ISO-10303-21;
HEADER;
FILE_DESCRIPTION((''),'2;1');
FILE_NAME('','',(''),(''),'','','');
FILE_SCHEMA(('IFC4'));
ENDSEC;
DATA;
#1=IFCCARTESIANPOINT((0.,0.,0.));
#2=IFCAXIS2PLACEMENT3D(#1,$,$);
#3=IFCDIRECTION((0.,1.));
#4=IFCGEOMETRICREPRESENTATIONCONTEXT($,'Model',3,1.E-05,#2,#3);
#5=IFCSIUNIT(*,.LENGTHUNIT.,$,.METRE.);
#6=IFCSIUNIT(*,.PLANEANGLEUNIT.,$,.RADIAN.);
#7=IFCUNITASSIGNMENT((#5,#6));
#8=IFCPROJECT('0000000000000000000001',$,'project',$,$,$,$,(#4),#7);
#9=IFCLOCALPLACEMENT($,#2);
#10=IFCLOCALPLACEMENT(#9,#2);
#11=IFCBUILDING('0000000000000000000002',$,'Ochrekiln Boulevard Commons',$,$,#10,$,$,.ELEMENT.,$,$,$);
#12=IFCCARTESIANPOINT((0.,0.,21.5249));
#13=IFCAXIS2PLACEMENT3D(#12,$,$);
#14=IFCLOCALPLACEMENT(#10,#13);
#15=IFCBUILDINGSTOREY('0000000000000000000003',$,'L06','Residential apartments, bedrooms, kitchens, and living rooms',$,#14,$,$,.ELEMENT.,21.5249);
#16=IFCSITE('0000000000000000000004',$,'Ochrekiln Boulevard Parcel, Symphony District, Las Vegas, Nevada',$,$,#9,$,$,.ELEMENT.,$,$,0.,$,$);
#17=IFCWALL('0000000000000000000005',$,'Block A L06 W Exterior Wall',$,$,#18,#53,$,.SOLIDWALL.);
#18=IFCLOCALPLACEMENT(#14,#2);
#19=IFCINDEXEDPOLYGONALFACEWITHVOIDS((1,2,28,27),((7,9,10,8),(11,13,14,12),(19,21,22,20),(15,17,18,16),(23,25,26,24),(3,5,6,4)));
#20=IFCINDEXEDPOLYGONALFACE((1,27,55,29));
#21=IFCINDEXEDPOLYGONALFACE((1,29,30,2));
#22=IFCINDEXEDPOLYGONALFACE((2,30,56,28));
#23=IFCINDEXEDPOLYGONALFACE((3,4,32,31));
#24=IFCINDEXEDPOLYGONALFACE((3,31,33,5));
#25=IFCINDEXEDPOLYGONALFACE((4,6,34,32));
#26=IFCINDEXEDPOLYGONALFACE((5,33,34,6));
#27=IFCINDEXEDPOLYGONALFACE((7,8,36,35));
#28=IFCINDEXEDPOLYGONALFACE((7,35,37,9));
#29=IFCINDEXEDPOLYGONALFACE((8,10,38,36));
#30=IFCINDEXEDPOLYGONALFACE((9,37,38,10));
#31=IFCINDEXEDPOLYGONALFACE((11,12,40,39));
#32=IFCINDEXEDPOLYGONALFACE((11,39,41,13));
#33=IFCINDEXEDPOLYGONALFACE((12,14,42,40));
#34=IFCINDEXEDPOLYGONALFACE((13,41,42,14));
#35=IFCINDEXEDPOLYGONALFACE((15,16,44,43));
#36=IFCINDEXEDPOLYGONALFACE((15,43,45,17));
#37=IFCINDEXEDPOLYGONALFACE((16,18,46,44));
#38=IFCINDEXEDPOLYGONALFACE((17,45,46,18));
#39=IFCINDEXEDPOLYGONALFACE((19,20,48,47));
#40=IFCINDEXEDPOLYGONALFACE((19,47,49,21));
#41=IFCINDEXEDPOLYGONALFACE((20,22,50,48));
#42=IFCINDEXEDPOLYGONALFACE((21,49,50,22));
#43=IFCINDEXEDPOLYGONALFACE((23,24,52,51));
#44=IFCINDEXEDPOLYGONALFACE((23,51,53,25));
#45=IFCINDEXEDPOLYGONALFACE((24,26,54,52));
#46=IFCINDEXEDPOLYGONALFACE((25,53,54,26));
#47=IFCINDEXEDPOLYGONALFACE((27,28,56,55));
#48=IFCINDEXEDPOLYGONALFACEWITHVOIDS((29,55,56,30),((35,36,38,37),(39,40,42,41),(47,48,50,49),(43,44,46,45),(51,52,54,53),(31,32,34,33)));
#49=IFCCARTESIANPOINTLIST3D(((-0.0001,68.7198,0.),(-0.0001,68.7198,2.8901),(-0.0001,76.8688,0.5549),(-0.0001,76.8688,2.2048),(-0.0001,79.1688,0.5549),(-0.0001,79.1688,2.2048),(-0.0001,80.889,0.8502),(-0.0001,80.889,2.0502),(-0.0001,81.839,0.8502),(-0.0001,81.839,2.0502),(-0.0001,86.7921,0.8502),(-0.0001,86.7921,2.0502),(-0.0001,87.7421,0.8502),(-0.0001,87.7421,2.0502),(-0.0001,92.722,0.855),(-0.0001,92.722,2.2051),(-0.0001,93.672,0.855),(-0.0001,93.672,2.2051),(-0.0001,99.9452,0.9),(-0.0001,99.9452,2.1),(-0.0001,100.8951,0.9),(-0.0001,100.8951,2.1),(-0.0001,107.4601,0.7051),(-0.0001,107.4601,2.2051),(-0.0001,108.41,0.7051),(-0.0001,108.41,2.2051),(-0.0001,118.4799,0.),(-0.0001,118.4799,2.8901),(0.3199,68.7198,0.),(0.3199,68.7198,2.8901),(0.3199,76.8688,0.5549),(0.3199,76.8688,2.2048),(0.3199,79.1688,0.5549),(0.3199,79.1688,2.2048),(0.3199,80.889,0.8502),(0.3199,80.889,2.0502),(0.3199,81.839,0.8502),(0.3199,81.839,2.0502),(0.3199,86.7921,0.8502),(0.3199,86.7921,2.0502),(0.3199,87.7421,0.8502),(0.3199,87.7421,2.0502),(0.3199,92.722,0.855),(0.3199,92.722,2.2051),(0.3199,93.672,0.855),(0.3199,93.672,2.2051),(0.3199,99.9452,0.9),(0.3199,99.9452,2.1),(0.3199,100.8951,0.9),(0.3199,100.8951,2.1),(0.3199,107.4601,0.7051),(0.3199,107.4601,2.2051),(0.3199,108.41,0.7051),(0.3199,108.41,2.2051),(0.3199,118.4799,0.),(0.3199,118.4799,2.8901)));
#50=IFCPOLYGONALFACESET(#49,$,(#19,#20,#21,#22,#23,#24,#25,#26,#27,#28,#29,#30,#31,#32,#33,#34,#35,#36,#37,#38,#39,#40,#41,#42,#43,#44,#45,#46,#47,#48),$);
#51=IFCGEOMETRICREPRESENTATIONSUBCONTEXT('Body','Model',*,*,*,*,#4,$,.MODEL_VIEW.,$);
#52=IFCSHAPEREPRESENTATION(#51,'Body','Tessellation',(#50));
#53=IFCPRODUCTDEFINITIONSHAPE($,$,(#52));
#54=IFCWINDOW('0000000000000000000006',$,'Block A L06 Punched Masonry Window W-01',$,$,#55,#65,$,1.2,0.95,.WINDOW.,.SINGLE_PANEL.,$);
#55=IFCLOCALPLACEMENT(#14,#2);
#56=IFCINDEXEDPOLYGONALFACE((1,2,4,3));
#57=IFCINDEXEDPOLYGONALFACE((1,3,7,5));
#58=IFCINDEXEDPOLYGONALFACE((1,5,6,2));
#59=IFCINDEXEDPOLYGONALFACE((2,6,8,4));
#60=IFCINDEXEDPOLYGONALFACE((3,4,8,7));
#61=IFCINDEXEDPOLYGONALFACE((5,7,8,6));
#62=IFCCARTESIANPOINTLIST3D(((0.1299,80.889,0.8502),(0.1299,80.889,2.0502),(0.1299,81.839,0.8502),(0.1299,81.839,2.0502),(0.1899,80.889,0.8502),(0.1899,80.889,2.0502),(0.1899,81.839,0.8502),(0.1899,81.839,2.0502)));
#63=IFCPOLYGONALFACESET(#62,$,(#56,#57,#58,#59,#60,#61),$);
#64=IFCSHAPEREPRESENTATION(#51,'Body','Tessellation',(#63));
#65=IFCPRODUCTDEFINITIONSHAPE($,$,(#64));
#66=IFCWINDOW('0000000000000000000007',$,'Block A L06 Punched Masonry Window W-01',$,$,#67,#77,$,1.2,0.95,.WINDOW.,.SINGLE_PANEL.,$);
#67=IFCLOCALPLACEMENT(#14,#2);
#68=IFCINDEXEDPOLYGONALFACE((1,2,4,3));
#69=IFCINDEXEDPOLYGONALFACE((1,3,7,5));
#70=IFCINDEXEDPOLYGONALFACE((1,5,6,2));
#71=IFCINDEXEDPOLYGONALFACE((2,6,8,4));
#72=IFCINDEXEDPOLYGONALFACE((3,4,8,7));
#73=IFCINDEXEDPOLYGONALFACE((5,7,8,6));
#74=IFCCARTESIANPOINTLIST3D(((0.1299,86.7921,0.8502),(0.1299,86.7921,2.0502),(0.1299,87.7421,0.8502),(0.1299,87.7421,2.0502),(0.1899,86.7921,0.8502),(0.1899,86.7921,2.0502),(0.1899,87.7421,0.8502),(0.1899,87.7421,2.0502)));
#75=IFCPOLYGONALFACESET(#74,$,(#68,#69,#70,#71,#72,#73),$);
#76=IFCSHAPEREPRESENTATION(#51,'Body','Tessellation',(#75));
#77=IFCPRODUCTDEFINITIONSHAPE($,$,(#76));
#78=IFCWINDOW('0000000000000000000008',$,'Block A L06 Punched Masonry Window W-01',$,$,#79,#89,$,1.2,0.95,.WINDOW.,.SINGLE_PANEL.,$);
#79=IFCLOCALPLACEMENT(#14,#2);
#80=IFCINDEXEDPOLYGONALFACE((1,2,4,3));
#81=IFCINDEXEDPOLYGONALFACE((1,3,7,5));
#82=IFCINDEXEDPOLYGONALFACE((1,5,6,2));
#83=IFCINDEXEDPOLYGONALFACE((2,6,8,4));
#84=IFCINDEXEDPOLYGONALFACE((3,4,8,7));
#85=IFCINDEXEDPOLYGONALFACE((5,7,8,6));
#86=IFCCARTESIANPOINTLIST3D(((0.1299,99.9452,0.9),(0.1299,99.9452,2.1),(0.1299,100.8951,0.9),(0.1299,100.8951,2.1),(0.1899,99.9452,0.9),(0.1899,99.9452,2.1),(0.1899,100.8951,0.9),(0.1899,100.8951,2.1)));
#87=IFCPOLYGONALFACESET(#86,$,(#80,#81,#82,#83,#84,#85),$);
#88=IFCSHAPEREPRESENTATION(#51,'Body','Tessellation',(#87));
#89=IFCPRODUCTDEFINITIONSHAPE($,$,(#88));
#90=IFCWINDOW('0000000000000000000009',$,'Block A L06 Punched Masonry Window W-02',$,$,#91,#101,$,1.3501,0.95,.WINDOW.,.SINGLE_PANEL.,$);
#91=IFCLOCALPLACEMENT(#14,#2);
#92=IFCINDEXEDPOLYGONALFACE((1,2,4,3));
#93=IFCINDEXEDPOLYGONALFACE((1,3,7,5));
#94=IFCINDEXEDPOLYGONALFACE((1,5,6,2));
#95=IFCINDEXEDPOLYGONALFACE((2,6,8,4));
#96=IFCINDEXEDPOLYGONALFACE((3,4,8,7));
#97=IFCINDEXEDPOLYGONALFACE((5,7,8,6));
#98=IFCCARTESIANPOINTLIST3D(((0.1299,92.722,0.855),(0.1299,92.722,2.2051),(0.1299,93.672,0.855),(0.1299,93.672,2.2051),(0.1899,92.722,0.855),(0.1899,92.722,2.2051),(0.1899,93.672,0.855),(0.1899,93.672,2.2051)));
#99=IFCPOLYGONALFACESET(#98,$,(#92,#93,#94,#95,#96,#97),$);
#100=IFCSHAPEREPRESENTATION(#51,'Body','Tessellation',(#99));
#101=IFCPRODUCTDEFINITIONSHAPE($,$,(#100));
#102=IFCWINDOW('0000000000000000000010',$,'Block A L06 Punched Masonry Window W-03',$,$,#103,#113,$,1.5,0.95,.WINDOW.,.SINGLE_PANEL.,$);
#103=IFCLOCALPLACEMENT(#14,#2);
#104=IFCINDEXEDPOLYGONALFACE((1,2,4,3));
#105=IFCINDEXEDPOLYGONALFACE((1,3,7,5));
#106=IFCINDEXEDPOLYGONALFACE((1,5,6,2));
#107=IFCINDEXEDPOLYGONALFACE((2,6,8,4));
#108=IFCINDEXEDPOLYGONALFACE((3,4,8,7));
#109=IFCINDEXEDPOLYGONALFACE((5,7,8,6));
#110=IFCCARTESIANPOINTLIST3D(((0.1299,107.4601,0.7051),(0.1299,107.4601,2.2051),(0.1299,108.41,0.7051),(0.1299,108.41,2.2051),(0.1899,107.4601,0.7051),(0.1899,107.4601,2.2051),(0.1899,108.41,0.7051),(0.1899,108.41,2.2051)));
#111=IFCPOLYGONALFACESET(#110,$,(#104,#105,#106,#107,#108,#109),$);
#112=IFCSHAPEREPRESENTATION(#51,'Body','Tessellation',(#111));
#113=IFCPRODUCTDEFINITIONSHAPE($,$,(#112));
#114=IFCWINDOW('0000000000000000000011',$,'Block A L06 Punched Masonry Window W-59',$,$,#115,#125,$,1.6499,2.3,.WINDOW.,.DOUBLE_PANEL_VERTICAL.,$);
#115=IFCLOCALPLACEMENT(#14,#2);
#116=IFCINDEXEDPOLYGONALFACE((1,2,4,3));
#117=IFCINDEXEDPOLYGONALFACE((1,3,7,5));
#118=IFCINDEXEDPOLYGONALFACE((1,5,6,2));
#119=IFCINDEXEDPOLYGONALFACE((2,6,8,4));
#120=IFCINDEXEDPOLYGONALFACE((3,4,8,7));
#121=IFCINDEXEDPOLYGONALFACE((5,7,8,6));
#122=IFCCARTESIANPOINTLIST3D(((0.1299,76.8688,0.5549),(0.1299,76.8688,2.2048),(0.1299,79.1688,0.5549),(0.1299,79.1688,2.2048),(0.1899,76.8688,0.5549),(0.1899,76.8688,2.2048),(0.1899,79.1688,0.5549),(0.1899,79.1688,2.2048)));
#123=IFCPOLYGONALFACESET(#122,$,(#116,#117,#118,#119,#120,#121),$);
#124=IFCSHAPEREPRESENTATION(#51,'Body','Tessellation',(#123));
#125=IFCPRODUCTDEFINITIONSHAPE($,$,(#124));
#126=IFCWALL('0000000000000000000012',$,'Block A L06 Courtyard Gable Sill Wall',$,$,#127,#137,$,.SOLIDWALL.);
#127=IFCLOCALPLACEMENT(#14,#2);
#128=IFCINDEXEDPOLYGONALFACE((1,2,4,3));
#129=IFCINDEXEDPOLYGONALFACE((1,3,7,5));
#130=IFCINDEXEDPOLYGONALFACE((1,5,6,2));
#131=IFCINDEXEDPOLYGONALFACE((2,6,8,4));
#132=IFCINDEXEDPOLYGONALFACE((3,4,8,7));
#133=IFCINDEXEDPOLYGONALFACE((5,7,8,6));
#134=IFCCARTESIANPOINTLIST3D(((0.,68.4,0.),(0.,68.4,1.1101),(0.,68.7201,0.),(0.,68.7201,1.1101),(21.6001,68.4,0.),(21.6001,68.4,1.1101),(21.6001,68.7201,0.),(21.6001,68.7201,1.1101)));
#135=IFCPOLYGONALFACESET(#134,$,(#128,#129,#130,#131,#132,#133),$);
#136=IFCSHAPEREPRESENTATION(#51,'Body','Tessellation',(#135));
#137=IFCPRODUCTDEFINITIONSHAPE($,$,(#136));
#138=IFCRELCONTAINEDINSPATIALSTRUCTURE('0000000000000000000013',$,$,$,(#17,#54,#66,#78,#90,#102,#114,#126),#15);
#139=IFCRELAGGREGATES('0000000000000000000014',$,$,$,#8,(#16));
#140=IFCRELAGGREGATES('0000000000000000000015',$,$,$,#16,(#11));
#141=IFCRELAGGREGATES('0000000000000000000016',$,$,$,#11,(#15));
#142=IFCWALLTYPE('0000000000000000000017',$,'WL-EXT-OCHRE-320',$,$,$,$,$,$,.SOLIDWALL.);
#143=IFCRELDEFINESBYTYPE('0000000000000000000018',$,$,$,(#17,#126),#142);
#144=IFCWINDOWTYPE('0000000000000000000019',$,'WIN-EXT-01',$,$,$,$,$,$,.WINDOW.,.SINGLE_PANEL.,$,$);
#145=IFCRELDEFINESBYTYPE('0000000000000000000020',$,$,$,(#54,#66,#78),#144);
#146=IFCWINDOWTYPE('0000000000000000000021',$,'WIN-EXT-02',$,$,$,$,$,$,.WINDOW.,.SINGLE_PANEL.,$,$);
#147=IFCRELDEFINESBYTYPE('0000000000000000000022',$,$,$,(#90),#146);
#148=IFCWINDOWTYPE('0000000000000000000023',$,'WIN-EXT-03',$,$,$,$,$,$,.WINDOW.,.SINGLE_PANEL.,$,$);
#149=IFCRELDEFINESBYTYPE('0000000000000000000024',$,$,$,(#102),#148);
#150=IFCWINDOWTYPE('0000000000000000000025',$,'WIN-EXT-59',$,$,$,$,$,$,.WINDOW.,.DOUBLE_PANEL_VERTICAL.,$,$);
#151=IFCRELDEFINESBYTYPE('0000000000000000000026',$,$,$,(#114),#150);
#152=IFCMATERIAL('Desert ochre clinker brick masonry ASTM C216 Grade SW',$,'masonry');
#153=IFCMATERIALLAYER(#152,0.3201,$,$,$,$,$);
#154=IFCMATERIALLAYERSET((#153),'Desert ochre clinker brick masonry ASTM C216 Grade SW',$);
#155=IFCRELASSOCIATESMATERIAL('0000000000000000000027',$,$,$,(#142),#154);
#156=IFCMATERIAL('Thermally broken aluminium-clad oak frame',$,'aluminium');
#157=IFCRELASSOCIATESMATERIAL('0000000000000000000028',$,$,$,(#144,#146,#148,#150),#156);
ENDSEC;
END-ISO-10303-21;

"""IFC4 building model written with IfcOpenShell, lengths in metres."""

from ifc_helpers import new_model, si_unit, direction, frame, frame_2d, origin, place, context, subcontext, project, spatial, rectangle, extrude, material, layer, layer_set, type_object, element, fill, save


model = new_model("IFC4")

# Units and contexts
model_context = context("Model", 3, precision=1e-05, world=origin(), true_north=direction((0.0, 1.0)))
body_context = subcontext(model_context, "Body", "Model", "MODEL_VIEW")
ifc_project = project(units=[si_unit("LENGTHUNIT", "METRE"), si_unit("PLANEANGLEUNIT", "RADIAN")], contexts=[model_context])

# Site, building, storey
site_placement = place(None, origin())
site = spatial("IfcSite", under=ifc_project, at=site_placement, Name="Ochrekiln Boulevard Parcel, Symphony District, Las Vegas, Nevada", CompositionType="ELEMENT", RefElevation=0.0)
building_placement = place(site_placement, origin())
building = spatial("IfcBuilding", under=site, at=building_placement, Name="Ochrekiln Boulevard Commons", CompositionType="ELEMENT")
storey_placement = place(building_placement, frame((0.0, 0.0, 21.5249)))
storey = spatial("IfcBuildingStorey", under=building, at=storey_placement, Name="L06", Description="Residential apartments, bedrooms, kitchens, and living rooms", CompositionType="ELEMENT", Elevation=21.5249)

# Wall, openings, windows
ifc_material_1 = material(Name="Desert ochre clinker brick masonry ASTM C216 Grade SW", Category="masonry")
ifc_layer_1 = layer(ifc_material_1, 0.3201)
ifc_layer_set_1 = layer_set([ifc_layer_1], Name="Desert ochre clinker brick masonry ASTM C216 Grade SW")
wall_type = type_object("IfcWallType", Name="WL-EXT-OCHRE-320", PredefinedType="SOLIDWALL", material=ifc_layer_set_1)
wall_1_placement = place(storey_placement, frame((0.1599, 68.72, 0.0), z_axis=(0.0, 0.0, 1.0), x_axis=(0.0, 1.0, 0.0)))
wall_1 = element("IfcWall", 1, at=wall_1_placement, inside=storey, type_object=wall_type, Name="Block A L06 W Exterior Wall", PredefinedType="SOLIDWALL", context=body_context, shape_type="SweptSolid", body=[
    extrude(rectangle(XDim=49.76, YDim=0.3201, at=frame_2d((24.8799, 0.0))), origin(), (0.0, 0.0, 1.0), 2.8901),
])
opening_1_placement = place(wall_1_placement, frame((12.1689, 0.0, 0.8501)))
opening_1 = element("IfcOpeningElement", 2, at=opening_1_placement, cuts=wall_1, PredefinedType="OPENING", context=body_context, shape_type="SweptSolid", body=[
    extrude(rectangle(XDim=0.95, YDim=1.2, at=frame_2d((0.4751, 0.6001))), frame((0.0, 0.1699, 0.0), z_axis=(0.0, -1.0, 0.0), x_axis=(1.0, 0.0, 0.0)), (0.0, 0.0, 1.0), 0.3401),
])
opening_2_placement = place(wall_1_placement, frame((8.1489, 0.0, 0.5549)))
opening_2 = element("IfcOpeningElement", 3, at=opening_2_placement, cuts=wall_1, PredefinedType="OPENING", context=body_context, shape_type="SweptSolid", body=[
    extrude(rectangle(XDim=2.3, YDim=1.6499, at=frame_2d((1.1499, 0.825))), frame((0.0, 0.1699, 0.0), z_axis=(0.0, -1.0, 0.0), x_axis=(1.0, 0.0, 0.0)), (0.0, 0.0, 1.0), 0.3401),
])
opening_3_placement = place(wall_1_placement, frame((18.072, 0.0, 0.8501)))
opening_3 = element("IfcOpeningElement", 4, at=opening_3_placement, cuts=wall_1, PredefinedType="OPENING", context=body_context, shape_type="SweptSolid", body=[
    extrude(rectangle(XDim=0.95, YDim=1.2, at=frame_2d((0.4751, 0.6001))), frame((0.0, 0.1699, 0.0), z_axis=(0.0, -1.0, 0.0), x_axis=(1.0, 0.0, 0.0)), (0.0, 0.0, 1.0), 0.3401),
])
opening_4_placement = place(wall_1_placement, frame((31.2251, 0.0, 0.8999)))
opening_4 = element("IfcOpeningElement", 5, at=opening_4_placement, cuts=wall_1, PredefinedType="OPENING", context=body_context, shape_type="SweptSolid", body=[
    extrude(rectangle(XDim=0.95, YDim=1.2, at=frame_2d((0.4751, 0.6001))), frame((0.0, 0.1699, 0.0), z_axis=(0.0, -1.0, 0.0), x_axis=(1.0, 0.0, 0.0)), (0.0, 0.0, 1.0), 0.3401),
])
opening_5_placement = place(wall_1_placement, frame((24.002, 0.0, 0.855)))
opening_5 = element("IfcOpeningElement", 6, at=opening_5_placement, cuts=wall_1, PredefinedType="OPENING", context=body_context, shape_type="SweptSolid", body=[
    extrude(rectangle(XDim=0.95, YDim=1.3501, at=frame_2d((0.4751, 0.675))), frame((0.0, 0.1699, 0.0), z_axis=(0.0, -1.0, 0.0), x_axis=(1.0, 0.0, 0.0)), (0.0, 0.0, 1.0), 0.3401),
])
opening_6_placement = place(wall_1_placement, frame((38.74, 0.0, 0.7051)))
opening_6 = element("IfcOpeningElement", 7, at=opening_6_placement, cuts=wall_1, PredefinedType="OPENING", context=body_context, shape_type="SweptSolid", body=[
    extrude(rectangle(XDim=0.95, YDim=1.5, at=frame_2d((0.4751, 0.75))), frame((0.0, 0.1699, 0.0), z_axis=(0.0, -1.0, 0.0), x_axis=(1.0, 0.0, 0.0)), (0.0, 0.0, 1.0), 0.3401),
])
ifc_material_2 = material(Name="Thermally broken aluminium-clad oak frame", Category="aluminium")
window_type_1 = type_object("IfcWindowType", Name="WIN-EXT-01", PartitioningType="SINGLE_PANEL", PredefinedType="WINDOW", material=ifc_material_2)
window_1_placement = place(opening_1_placement, origin())
window_1 = element("IfcWindow", 8, at=window_1_placement, inside=storey, type_object=window_type_1, Name="Block A L06 Punched Masonry Window W-01", OverallHeight=1.2, OverallWidth=0.95, PartitioningType="SINGLE_PANEL", PredefinedType="WINDOW", context=body_context, shape_type="SweptSolid", body=[
    extrude(rectangle(XDim=0.95, YDim=1.2, at=frame_2d((0.4751, 0.6001))), frame((0.0, 0.03, 0.0), z_axis=(0.0, -1.0, 0.0), x_axis=(1.0, 0.0, 0.0)), (0.0, 0.0, 1.0), 0.0601),
])
fill(opening_1, window_1)
window_2_placement = place(opening_3_placement, origin())
window_2 = element("IfcWindow", 9, at=window_2_placement, inside=storey, type_object=window_type_1, Name="Block A L06 Punched Masonry Window W-01", OverallHeight=1.2, OverallWidth=0.95, PartitioningType="SINGLE_PANEL", PredefinedType="WINDOW", context=body_context, shape_type="SweptSolid", body=[
    extrude(rectangle(XDim=0.95, YDim=1.2, at=frame_2d((0.4751, 0.6001))), frame((0.0, 0.03, 0.0), z_axis=(0.0, -1.0, 0.0), x_axis=(1.0, 0.0, 0.0)), (0.0, 0.0, 1.0), 0.0601),
])
fill(opening_3, window_2)
window_3_placement = place(opening_4_placement, origin())
window_3 = element("IfcWindow", 10, at=window_3_placement, inside=storey, type_object=window_type_1, Name="Block A L06 Punched Masonry Window W-01", OverallHeight=1.2, OverallWidth=0.95, PartitioningType="SINGLE_PANEL", PredefinedType="WINDOW", context=body_context, shape_type="SweptSolid", body=[
    extrude(rectangle(XDim=0.95, YDim=1.2, at=frame_2d((0.4751, 0.6001))), frame((0.0, 0.03, 0.0), z_axis=(0.0, -1.0, 0.0), x_axis=(1.0, 0.0, 0.0)), (0.0, 0.0, 1.0), 0.0601),
])
fill(opening_4, window_3)
window_type_2 = type_object("IfcWindowType", Name="WIN-EXT-02", PartitioningType="SINGLE_PANEL", PredefinedType="WINDOW", material=ifc_material_2)
window_4_placement = place(opening_5_placement, origin())
window_4 = element("IfcWindow", 11, at=window_4_placement, inside=storey, type_object=window_type_2, Name="Block A L06 Punched Masonry Window W-02", OverallHeight=1.3501, OverallWidth=0.95, PartitioningType="SINGLE_PANEL", PredefinedType="WINDOW", context=body_context, shape_type="SweptSolid", body=[
    extrude(rectangle(XDim=0.95, YDim=1.3501, at=frame_2d((0.4751, 0.675))), frame((0.0, 0.03, 0.0), z_axis=(0.0, -1.0, 0.0), x_axis=(1.0, 0.0, 0.0)), (0.0, 0.0, 1.0), 0.0601),
])
fill(opening_5, window_4)
window_type_3 = type_object("IfcWindowType", Name="WIN-EXT-03", PartitioningType="SINGLE_PANEL", PredefinedType="WINDOW", material=ifc_material_2)
window_5_placement = place(opening_6_placement, origin())
window_5 = element("IfcWindow", 12, at=window_5_placement, inside=storey, type_object=window_type_3, Name="Block A L06 Punched Masonry Window W-03", OverallHeight=1.5, OverallWidth=0.95, PartitioningType="SINGLE_PANEL", PredefinedType="WINDOW", context=body_context, shape_type="SweptSolid", body=[
    extrude(rectangle(XDim=0.95, YDim=1.5, at=frame_2d((0.4751, 0.75))), frame((0.0, 0.03, 0.0), z_axis=(0.0, -1.0, 0.0), x_axis=(1.0, 0.0, 0.0)), (0.0, 0.0, 1.0), 0.0601),
])
fill(opening_6, window_5)
window_type_4 = type_object("IfcWindowType", Name="WIN-EXT-59", PartitioningType="DOUBLE_PANEL_VERTICAL", PredefinedType="WINDOW", material=ifc_material_2)
window_6_placement = place(opening_2_placement, origin())
window_6 = element("IfcWindow", 13, at=window_6_placement, inside=storey, type_object=window_type_4, Name="Block A L06 Punched Masonry Window W-59", OverallHeight=1.6499, OverallWidth=2.3, PartitioningType="DOUBLE_PANEL_VERTICAL", PredefinedType="WINDOW", context=body_context, shape_type="SweptSolid", body=[
    extrude(rectangle(XDim=2.3, YDim=1.6499, at=frame_2d((1.1499, 0.825))), frame((0.0, 0.03, 0.0), z_axis=(0.0, -1.0, 0.0), x_axis=(1.0, 0.0, 0.0)), (0.0, 0.0, 1.0), 0.0601),
])
fill(opening_2, window_6)

# Wall
wall_2_placement = place(storey_placement, frame((0.0, 68.5601, 0.0), z_axis=(0.0, 0.0, 1.0), x_axis=(1.0, 0.0, 0.0)))
element("IfcWall", 14, at=wall_2_placement, inside=storey, type_object=wall_type, Name="Block A L06 Courtyard Gable Sill Wall", PredefinedType="SOLIDWALL", context=body_context, shape_type="SweptSolid", body=[
    extrude(rectangle(XDim=21.6001, YDim=0.3201, at=frame_2d((10.8, 0.0))), origin(), (0.0, 0.0, 1.0), 1.1101),
])

save(model, "model.ifc")
